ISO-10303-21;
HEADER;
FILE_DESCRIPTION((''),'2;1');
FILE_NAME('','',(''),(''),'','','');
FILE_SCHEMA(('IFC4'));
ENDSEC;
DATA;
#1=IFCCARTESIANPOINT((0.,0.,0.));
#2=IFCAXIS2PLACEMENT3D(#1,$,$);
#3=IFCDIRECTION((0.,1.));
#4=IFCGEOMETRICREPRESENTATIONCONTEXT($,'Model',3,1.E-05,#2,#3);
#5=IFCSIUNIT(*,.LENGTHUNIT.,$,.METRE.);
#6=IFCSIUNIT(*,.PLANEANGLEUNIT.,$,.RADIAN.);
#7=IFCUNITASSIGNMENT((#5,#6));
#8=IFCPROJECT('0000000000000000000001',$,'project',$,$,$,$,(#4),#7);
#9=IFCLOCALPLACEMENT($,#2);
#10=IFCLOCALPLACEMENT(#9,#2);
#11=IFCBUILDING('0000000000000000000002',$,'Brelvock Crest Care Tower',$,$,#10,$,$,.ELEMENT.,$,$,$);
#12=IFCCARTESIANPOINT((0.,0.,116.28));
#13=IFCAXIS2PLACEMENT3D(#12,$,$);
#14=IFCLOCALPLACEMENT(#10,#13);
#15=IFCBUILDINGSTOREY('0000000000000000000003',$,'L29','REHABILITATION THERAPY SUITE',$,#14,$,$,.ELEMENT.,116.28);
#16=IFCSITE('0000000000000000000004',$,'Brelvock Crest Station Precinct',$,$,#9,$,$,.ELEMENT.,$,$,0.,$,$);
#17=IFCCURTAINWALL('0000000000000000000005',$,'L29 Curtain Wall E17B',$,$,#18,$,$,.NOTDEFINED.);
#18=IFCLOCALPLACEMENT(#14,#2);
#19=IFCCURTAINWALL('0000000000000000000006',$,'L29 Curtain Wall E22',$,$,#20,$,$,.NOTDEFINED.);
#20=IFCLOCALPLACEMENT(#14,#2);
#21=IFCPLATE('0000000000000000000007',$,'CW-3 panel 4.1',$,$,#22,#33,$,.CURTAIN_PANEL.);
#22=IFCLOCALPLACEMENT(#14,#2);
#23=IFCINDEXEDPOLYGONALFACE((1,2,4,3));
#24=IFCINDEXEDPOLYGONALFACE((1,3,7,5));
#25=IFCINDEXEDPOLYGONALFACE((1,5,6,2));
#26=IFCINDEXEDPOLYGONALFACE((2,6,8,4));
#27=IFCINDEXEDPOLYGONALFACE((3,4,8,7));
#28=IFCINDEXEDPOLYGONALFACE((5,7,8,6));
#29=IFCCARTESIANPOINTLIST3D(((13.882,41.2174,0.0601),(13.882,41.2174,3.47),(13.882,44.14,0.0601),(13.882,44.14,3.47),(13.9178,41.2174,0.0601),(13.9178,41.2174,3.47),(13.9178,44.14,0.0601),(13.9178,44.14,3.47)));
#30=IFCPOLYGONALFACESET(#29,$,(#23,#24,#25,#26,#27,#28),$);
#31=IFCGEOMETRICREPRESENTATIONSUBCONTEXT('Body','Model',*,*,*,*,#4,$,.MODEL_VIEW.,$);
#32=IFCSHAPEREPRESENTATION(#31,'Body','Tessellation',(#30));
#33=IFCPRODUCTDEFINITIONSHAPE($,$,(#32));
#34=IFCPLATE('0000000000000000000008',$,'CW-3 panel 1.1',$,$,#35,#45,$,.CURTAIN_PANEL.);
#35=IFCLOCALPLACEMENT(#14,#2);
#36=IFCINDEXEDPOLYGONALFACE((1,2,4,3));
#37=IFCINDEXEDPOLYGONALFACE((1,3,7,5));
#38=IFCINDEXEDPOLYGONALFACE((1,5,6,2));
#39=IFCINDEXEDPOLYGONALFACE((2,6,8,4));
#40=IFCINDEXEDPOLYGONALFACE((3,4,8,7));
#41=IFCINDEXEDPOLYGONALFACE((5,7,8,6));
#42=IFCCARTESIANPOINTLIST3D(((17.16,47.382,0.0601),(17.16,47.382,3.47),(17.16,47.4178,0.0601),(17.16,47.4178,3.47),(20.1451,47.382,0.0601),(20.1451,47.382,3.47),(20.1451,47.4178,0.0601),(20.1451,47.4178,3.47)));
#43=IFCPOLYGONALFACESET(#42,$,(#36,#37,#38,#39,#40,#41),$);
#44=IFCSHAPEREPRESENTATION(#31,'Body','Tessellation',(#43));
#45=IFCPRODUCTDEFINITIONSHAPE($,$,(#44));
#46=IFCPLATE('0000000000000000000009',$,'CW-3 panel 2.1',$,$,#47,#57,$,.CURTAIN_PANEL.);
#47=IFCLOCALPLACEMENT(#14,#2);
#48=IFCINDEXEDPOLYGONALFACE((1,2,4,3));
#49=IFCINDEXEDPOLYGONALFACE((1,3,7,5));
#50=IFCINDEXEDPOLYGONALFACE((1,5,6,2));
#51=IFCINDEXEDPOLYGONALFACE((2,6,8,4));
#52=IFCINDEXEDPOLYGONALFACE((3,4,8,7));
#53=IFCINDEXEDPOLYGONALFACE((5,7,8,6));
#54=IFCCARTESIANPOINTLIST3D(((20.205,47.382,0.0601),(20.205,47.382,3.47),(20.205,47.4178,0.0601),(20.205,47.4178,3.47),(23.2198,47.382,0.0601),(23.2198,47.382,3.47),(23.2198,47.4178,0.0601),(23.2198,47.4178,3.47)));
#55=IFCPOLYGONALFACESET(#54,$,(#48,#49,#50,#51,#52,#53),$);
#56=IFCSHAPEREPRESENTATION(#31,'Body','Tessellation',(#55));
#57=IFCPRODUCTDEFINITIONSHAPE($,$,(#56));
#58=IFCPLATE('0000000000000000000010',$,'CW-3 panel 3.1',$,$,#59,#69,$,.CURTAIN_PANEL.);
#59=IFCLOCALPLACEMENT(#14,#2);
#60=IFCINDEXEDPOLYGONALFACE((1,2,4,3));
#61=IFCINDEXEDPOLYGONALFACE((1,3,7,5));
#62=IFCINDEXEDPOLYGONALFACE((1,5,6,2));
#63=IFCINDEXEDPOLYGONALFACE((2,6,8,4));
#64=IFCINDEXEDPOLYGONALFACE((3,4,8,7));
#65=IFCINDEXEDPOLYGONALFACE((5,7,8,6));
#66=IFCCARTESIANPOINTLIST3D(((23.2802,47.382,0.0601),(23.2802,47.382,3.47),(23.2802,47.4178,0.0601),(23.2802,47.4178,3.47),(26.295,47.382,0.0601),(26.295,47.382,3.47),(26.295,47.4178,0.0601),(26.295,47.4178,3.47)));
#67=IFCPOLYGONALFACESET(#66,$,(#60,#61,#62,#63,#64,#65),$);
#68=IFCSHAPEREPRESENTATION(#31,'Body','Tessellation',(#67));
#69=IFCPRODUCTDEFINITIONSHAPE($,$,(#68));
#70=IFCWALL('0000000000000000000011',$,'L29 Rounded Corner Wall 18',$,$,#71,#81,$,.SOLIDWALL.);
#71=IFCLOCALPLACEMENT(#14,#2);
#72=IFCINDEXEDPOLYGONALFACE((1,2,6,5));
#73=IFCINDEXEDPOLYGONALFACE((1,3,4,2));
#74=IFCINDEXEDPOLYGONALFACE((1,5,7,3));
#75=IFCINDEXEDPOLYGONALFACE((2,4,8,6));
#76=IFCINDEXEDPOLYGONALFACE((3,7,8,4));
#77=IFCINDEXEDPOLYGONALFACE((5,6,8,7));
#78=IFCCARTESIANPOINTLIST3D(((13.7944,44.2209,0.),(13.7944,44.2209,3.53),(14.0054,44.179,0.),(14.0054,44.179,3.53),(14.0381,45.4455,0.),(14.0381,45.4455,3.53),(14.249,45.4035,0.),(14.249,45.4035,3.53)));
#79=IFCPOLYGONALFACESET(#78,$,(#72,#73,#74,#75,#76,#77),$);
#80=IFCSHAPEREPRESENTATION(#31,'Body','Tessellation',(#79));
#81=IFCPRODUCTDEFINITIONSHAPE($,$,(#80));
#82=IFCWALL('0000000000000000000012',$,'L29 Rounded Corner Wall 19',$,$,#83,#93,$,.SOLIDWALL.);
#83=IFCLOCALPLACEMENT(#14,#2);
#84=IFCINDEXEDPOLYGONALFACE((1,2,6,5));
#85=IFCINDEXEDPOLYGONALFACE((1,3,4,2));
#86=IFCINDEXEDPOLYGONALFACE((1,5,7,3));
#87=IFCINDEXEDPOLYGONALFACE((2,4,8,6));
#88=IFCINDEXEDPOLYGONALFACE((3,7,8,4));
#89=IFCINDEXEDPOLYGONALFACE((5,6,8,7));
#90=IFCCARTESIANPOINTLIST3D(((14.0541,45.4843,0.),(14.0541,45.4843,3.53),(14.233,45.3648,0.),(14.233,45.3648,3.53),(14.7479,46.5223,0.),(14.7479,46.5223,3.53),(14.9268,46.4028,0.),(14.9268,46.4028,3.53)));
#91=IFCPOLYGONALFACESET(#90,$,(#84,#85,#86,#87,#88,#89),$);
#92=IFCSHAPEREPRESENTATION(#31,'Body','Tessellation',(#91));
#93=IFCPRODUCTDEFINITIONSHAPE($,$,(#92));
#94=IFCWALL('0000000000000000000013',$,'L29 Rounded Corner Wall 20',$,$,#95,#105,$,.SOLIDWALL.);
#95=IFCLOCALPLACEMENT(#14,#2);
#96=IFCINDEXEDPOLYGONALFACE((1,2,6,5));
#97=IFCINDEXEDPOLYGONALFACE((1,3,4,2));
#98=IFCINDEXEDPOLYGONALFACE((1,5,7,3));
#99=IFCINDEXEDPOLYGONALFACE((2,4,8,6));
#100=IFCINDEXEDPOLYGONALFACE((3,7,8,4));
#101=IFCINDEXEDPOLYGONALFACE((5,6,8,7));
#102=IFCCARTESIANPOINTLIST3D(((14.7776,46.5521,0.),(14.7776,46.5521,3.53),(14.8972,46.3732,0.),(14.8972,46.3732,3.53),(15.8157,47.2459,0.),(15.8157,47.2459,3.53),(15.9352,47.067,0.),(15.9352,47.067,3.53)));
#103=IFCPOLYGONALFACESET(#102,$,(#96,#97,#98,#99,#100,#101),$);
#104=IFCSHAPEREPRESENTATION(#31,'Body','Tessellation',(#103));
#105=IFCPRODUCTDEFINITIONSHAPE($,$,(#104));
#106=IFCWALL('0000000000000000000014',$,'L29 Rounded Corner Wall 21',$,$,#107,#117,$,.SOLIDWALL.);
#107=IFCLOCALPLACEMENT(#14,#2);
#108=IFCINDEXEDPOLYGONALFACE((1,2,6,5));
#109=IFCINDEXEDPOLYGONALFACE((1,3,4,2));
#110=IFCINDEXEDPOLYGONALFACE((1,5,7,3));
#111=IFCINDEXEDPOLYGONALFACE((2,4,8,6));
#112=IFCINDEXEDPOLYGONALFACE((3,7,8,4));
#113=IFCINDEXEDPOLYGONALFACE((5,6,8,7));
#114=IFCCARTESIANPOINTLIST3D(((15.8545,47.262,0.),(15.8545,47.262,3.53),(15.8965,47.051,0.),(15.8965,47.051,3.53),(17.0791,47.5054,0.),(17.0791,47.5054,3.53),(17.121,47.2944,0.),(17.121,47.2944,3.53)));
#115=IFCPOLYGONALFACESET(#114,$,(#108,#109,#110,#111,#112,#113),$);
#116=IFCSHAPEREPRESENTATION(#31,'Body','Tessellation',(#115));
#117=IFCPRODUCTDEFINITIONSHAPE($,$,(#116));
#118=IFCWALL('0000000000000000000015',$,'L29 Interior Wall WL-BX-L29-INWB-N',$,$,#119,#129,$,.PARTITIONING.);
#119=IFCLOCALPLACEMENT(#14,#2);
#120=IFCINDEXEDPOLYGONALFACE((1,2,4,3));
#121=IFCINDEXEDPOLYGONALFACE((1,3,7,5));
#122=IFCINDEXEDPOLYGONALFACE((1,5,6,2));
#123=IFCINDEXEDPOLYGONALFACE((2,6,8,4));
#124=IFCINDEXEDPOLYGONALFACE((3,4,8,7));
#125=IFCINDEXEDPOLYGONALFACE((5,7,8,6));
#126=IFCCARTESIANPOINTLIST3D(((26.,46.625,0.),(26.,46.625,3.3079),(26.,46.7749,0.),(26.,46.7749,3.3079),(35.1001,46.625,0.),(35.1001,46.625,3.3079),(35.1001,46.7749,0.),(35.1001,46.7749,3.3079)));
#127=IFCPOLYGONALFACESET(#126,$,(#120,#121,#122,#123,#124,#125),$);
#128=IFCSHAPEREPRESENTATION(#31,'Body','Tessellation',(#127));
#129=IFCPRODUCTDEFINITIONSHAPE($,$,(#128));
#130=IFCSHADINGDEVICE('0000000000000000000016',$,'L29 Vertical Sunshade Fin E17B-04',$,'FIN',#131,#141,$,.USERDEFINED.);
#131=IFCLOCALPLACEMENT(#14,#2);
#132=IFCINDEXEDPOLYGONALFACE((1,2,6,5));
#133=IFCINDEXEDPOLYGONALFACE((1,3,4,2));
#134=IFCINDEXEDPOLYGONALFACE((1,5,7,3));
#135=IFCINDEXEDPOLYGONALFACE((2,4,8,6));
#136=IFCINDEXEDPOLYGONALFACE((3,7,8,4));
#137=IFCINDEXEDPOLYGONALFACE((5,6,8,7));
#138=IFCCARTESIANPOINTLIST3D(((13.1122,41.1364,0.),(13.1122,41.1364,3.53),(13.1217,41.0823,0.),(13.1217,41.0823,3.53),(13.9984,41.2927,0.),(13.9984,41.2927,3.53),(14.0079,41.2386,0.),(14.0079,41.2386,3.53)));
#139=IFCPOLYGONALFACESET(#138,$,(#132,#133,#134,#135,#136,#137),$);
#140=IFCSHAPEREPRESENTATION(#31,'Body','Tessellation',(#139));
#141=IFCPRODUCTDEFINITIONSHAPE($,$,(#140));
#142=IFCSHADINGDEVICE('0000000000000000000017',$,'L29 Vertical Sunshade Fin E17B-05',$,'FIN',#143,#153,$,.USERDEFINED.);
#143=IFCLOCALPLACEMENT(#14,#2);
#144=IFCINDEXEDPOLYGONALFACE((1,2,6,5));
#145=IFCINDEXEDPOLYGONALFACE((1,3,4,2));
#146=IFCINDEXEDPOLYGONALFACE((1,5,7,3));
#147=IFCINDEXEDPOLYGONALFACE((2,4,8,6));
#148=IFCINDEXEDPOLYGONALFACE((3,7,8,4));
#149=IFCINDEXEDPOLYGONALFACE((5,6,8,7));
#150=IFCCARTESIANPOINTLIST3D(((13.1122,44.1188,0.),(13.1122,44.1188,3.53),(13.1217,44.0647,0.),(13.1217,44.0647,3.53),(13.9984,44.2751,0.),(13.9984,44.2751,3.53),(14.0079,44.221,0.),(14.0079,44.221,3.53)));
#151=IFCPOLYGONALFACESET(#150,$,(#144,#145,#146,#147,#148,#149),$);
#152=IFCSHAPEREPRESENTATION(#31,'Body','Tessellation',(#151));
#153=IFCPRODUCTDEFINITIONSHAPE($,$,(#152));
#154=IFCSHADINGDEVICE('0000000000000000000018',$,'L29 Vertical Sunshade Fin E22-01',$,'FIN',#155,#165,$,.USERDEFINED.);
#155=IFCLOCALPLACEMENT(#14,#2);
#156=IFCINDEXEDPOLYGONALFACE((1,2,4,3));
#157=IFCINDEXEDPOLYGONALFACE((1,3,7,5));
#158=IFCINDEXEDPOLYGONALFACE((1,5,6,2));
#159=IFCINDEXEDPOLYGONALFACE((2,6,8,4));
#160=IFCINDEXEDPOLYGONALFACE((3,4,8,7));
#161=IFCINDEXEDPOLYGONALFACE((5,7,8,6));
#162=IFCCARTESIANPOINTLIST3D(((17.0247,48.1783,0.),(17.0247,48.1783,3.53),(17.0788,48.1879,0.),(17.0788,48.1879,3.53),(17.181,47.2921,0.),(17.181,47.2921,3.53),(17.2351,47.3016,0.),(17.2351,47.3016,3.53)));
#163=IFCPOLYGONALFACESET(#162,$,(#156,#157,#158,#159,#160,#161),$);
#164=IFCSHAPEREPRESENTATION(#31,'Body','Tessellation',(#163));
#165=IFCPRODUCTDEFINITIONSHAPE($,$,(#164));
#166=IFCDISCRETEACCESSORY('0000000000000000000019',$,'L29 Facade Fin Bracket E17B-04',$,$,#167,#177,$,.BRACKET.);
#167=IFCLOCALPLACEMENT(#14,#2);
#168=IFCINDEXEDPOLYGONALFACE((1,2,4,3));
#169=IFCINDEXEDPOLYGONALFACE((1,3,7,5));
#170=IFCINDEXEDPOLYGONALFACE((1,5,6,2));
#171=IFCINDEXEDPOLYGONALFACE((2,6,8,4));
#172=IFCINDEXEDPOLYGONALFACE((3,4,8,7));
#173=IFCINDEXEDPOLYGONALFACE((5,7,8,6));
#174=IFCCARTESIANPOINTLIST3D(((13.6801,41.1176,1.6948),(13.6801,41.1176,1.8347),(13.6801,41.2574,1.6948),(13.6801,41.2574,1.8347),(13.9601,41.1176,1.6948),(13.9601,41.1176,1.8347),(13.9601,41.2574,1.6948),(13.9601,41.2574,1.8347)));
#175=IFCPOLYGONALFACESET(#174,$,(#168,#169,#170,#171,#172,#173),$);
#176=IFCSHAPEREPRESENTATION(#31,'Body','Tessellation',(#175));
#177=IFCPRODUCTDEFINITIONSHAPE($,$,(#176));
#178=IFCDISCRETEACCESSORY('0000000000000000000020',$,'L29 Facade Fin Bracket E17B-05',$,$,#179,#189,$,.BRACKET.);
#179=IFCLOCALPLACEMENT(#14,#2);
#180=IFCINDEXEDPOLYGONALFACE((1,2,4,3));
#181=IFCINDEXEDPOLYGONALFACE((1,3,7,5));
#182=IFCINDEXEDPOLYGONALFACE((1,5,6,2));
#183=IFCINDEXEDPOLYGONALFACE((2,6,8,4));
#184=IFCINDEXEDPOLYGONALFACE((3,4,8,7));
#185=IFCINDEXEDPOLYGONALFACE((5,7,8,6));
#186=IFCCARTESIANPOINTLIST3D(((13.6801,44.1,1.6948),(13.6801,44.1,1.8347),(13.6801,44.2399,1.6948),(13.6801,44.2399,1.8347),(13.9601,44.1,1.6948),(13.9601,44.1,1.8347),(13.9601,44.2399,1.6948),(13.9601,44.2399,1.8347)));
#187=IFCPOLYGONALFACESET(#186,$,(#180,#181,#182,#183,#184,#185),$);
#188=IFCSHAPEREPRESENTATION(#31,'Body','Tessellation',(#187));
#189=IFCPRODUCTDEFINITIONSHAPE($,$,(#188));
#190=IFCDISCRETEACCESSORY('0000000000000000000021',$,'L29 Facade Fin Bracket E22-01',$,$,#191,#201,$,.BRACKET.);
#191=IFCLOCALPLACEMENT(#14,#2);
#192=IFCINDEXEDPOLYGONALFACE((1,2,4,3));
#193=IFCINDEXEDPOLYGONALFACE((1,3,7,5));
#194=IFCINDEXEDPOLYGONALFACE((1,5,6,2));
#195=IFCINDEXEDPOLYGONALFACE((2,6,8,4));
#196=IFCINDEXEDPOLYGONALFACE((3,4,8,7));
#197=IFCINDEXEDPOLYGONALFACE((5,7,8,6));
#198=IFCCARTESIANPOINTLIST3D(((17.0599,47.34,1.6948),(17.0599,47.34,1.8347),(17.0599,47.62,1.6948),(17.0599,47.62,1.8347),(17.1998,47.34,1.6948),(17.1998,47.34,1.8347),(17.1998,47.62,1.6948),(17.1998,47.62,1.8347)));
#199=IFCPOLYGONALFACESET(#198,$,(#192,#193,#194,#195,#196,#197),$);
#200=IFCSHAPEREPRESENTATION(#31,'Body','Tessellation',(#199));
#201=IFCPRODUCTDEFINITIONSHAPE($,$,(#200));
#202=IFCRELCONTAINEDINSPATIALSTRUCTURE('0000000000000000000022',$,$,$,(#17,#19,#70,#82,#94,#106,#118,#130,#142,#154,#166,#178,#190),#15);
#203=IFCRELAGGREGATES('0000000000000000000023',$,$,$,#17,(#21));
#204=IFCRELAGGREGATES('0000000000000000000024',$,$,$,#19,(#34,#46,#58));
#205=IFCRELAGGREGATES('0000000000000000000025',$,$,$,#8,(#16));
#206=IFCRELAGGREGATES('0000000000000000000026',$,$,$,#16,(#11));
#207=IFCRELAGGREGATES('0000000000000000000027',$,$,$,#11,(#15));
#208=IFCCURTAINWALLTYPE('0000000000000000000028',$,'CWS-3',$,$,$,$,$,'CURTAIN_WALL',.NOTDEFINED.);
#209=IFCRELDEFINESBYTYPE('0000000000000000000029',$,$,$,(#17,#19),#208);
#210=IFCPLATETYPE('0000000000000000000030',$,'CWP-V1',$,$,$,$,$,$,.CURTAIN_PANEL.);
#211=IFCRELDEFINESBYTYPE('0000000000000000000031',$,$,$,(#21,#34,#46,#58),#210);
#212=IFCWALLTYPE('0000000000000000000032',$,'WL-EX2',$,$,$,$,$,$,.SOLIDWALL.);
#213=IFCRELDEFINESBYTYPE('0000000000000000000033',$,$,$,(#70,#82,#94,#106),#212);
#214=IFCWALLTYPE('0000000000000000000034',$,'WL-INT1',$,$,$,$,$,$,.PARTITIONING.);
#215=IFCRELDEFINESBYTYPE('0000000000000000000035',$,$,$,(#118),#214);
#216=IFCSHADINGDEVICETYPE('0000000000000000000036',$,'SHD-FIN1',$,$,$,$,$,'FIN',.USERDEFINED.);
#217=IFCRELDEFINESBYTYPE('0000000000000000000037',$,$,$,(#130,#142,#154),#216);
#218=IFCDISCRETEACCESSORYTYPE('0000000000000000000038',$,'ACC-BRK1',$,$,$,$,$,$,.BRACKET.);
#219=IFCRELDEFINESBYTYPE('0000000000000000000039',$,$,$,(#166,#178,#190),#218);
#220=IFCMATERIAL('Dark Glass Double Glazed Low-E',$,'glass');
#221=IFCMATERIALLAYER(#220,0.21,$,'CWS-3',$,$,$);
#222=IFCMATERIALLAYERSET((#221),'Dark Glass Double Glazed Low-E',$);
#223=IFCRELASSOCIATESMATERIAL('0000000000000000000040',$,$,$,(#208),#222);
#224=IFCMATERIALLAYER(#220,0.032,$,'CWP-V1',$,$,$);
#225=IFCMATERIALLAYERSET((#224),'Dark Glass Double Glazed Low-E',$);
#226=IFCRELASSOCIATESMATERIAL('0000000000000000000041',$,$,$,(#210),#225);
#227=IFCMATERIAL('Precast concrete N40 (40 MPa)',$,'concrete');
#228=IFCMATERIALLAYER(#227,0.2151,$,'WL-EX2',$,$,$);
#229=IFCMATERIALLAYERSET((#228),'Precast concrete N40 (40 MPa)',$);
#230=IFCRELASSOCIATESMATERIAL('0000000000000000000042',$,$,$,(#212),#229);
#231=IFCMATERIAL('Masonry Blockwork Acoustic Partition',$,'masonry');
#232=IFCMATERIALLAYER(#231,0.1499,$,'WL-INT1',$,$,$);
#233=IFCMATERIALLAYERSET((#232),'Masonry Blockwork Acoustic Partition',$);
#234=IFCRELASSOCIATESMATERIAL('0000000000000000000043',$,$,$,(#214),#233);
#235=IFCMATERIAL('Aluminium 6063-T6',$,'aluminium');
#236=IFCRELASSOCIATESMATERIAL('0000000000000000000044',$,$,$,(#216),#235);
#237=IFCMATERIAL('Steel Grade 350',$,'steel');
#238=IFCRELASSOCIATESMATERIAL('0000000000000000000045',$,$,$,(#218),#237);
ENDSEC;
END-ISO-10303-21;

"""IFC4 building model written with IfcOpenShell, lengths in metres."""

from ifc_helpers import new_model, si_unit, direction, frame, frame_2d, origin, origin_2d, place, context, subcontext, project, spatial, rectangle, extrude, source, transform, mapped, material, layer, layer_set, material_profile, profile_set, type_object, element, aggregate, save


model = new_model("IFC4")

# Units and contexts
model_context = context("Model", 3, precision=1e-05, world=origin(), true_north=direction((0.0, 1.0)))
body_context = subcontext(model_context, "Body", "Model", "MODEL_VIEW")
ifc_project = project(units=[si_unit("LENGTHUNIT", "METRE"), si_unit("PLANEANGLEUNIT", "RADIAN")], contexts=[model_context])

# Site, building, storey
site_placement = place(None, origin())
site = spatial("IfcSite", under=ifc_project, at=site_placement, Name="Brelvock Crest Station Precinct", CompositionType="ELEMENT", RefElevation=0.0)
building_placement = place(site_placement, origin())
building = spatial("IfcBuilding", under=site, at=building_placement, Name="Brelvock Crest Care Tower", CompositionType="ELEMENT")
storey_placement = place(building_placement, frame((0.0, 0.0, 116.28)))
storey = spatial("IfcBuildingStorey", under=building, at=storey_placement, Name="L29", Description="REHABILITATION THERAPY SUITE", CompositionType="ELEMENT", Elevation=116.28)

# Curtain walls
ifc_material_1 = material(Name="Dark Glass Double Glazed Low-E", Category="glass")
ifc_layer_1 = layer(ifc_material_1, 0.21, Name="CWS-3")
ifc_layer_set_1 = layer_set([ifc_layer_1], Name="Dark Glass Double Glazed Low-E")
curtain_wall_type = type_object("IfcCurtainWallType", Name="CWS-3", ElementType="CURTAIN_WALL", PredefinedType="NOTDEFINED", material=ifc_layer_set_1)
curtain_wall_1_placement = place(storey_placement, origin())
curtain_wall_1 = element("IfcCurtainWall", 1, at=curtain_wall_1_placement, inside=storey, type_object=curtain_wall_type, Name="L29 Curtain Wall E17B", PredefinedType="NOTDEFINED")
ifc_material_2 = material(Name="Aluminium 6063-T6", Category="aluminium")
curtain_wall_2_placement = place(storey_placement, origin())
curtain_wall_2 = element("IfcCurtainWall", 2, at=curtain_wall_2_placement, inside=storey, type_object=curtain_wall_type, Name="L29 Curtain Wall E22", PredefinedType="NOTDEFINED")

# Plates
ifc_layer_2 = layer(ifc_material_1, 0.032, Name="CWP-V1")
ifc_layer_set_2 = layer_set([ifc_layer_2], Name="Dark Glass Double Glazed Low-E")
plate_type = type_object("IfcPlateType", Name="CWP-V1", PredefinedType="CURTAIN_PANEL", material=ifc_layer_set_2)
shared_shape_1 = source(origin(), body_context, "Body", "SweptSolid", [
    extrude(rectangle(XDim=2.9226, YDim=0.0359, at=origin_2d()), origin(), (0.0, 0.0, 1.0), 3.4099),
])
plate_1_placement = place(storey_placement, frame((13.8999, 42.6787, 0.0601), z_axis=(0.0, 0.0, 1.0), x_axis=(0.0, 1.0, 0.0)))
plate_1 = element("IfcPlate", 3, at=plate_1_placement, type_object=plate_type, Name="CW-3 panel 4.1", PredefinedType="CURTAIN_PANEL", context=body_context, shape_type="MappedRepresentation", body=[
    mapped(shared_shape_1, transform((0.0, 0.0, 0.0), x_axis=(1.0, 0.0, 0.0), y_axis=(0.0, 1.0, 0.0), z_axis=(0.0, 0.0, 1.0), scale=1.0)),
])
aggregate(curtain_wall_1, [plate_1])
shared_shape_2 = source(origin(), body_context, "Body", "SweptSolid", [
    extrude(rectangle(XDim=2.9851, YDim=0.0359, at=origin_2d()), origin(), (0.0, 0.0, 1.0), 3.4099),
])
plate_2_placement = place(storey_placement, frame((18.6526, 47.3999, 0.0601), z_axis=(0.0, 0.0, 1.0), x_axis=(1.0, 0.0, 0.0)))
plate_2 = element("IfcPlate", 4, at=plate_2_placement, type_object=plate_type, Name="CW-3 panel 1.1", PredefinedType="CURTAIN_PANEL", context=body_context, shape_type="MappedRepresentation", body=[
    mapped(shared_shape_2, transform((0.0, 0.0, 0.0), x_axis=(1.0, 0.0, 0.0), y_axis=(0.0, 1.0, 0.0), z_axis=(0.0, 0.0, 1.0), scale=1.0)),
])
shared_shape_3 = source(origin(), body_context, "Body", "SweptSolid", [
    extrude(rectangle(XDim=3.0149, YDim=0.0359, at=origin_2d()), origin(), (0.0, 0.0, 1.0), 3.4099),
])
plate_3_placement = place(storey_placement, frame((21.7124, 47.3999, 0.0601), z_axis=(0.0, 0.0, 1.0), x_axis=(1.0, 0.0, 0.0)))
plate_3 = element("IfcPlate", 5, at=plate_3_placement, type_object=plate_type, Name="CW-3 panel 2.1", PredefinedType="CURTAIN_PANEL", context=body_context, shape_type="MappedRepresentation", body=[
    mapped(shared_shape_3, transform((0.0, 0.0, 0.0), x_axis=(1.0, 0.0, 0.0), y_axis=(0.0, 1.0, 0.0), z_axis=(0.0, 0.0, 1.0), scale=1.0)),
])
plate_4_placement = place(storey_placement, frame((24.7876, 47.3999, 0.0601), z_axis=(0.0, 0.0, 1.0), x_axis=(1.0, 0.0, 0.0)))
plate_4 = element("IfcPlate", 6, at=plate_4_placement, type_object=plate_type, Name="CW-3 panel 3.1", PredefinedType="CURTAIN_PANEL", context=body_context, shape_type="MappedRepresentation", body=[
    mapped(shared_shape_3, transform((0.0, 0.0, 0.0), x_axis=(1.0, 0.0, 0.0), y_axis=(0.0, 1.0, 0.0), z_axis=(0.0, 0.0, 1.0), scale=1.0)),
])
aggregate(curtain_wall_2, [plate_2, plate_3, plate_4])

# Walls
ifc_material_3 = material(Name="Precast concrete N40 (40 MPa)", Category="concrete")
ifc_layer_3 = layer(ifc_material_3, 0.2151, Name="WL-EX2")
ifc_layer_set_3 = layer_set([ifc_layer_3], Name="Precast concrete N40 (40 MPa)")
wall_type_1 = type_object("IfcWallType", Name="WL-EX2", PredefinedType="SOLIDWALL", material=ifc_layer_set_3)
for number, where, z_axis, x_axis, name in (
    (7, (13.8999, 44.2, 0.0), (0.0, 0.0, 1.0), (0.195138, 0.980776, 0.0), "L29 Rounded Corner Wall 18"),
    (8, (14.1436, 45.4246, 0.0), (0.0, 0.0, 1.0), (0.555692, 0.831388, 0.0), "L29 Rounded Corner Wall 19"),
    (9, (14.8374, 46.4626, 0.0), (0.0, 0.0, 1.0), (0.831388, 0.555692, 0.0), "L29 Rounded Corner Wall 20"),
    (10, (15.8755, 47.1565, 0.0), (0.0, 0.0, 1.0), (0.980813, 0.19495, 0.0), "L29 Rounded Corner Wall 21"),
):
    element("IfcWall", number, at=place(storey_placement, frame(where, z_axis=z_axis, x_axis=x_axis)), inside=storey, type_object=wall_type_1, Name=name, PredefinedType="SOLIDWALL", context=body_context, shape_type="SweptSolid", body=[
        extrude(rectangle(XDim=1.2485, YDim=0.2151, at=frame_2d((0.6243, 0.0))), origin(), (0.0, 0.0, 1.0), 3.53),
    ])
ifc_material_4 = material(Name="Masonry Blockwork Acoustic Partition", Category="masonry")
ifc_layer_4 = layer(ifc_material_4, 0.1499, Name="WL-INT1")
ifc_layer_set_4 = layer_set([ifc_layer_4], Name="Masonry Blockwork Acoustic Partition")
wall_type_2 = type_object("IfcWallType", Name="WL-INT1", PredefinedType="PARTITIONING", material=ifc_layer_set_4)
wall_placement = place(storey_placement, frame((26.0, 46.7, 0.0), z_axis=(0.0, 0.0, 1.0), x_axis=(1.0, 0.0, 0.0)))
element("IfcWall", 11, at=wall_placement, inside=storey, type_object=wall_type_2, Name="L29 Interior Wall WL-BX-L29-INWB-N", PredefinedType="PARTITIONING", context=body_context, shape_type="SweptSolid", body=[
    extrude(rectangle(XDim=9.1001, YDim=0.1499, at=frame_2d((4.55, 0.0))), origin(), (0.0, 0.0, 1.0), 3.3079),
])

# Shading devices
ifc_material_profile_1 = material_profile(ifc_material_2, rectangle(XDim=0.0549, YDim=0.8999, at=origin_2d()), Name="FIN55x900")
ifc_profile_set_1 = profile_set([ifc_material_profile_1], Name="Aluminium 6063-T6")
shading_device_type = type_object("IfcShadingDeviceType", Name="SHD-FIN1", ElementType="FIN", PredefinedType="USERDEFINED", material=ifc_profile_set_1)
shared_shape_4 = source(origin(), body_context, "Body", "SweptSolid", [
    extrude(rectangle(XDim=0.0549, YDim=0.8999, at=origin_2d()), origin(), (0.0, 0.0, 1.0), 3.53),
])
for number, where, z_axis, x_axis, name in (
    (12, (13.5601, 41.1875, 0.0), (0.0, 0.0, 1.0), (-0.173648, 0.984808, 0.0), "L29 Vertical Sunshade Fin E17B-04"),
    (13, (13.5601, 44.1699, 0.0), (0.0, 0.0, 1.0), (-0.173648, 0.984808, 0.0), "L29 Vertical Sunshade Fin E17B-05"),
    (14, (17.1299, 47.74, 0.0), (0.0, 0.0, 1.0), (0.984808, 0.173648, 0.0), "L29 Vertical Sunshade Fin E22-01"),
):
    element("IfcShadingDevice", number, at=place(storey_placement, frame(where, z_axis=z_axis, x_axis=x_axis)), inside=storey, type_object=shading_device_type, Name=name, ObjectType="FIN", PredefinedType="USERDEFINED", context=body_context, shape_type="MappedRepresentation", body=[
        mapped(shared_shape_4, transform((0.0, 0.0, 0.0), x_axis=(1.0, 0.0, 0.0), y_axis=(0.0, 1.0, 0.0), z_axis=(0.0, 0.0, 1.0), scale=1.0)),
    ])

# Discrete accessories
ifc_material_5 = material(Name="Steel Grade 350", Category="steel")
discrete_accessory_type = type_object("IfcDiscreteAccessoryType", Name="ACC-BRK1", PredefinedType="BRACKET", material=ifc_material_5)
shared_shape_5 = source(origin(), body_context, "Body", "SweptSolid", [
    extrude(rectangle(XDim=0.28, YDim=0.1399, at=origin_2d()), origin(), (0.0, 0.0, 1.0), 0.1399),
])
for number, where, z_axis, x_axis, name in (
    (15, (13.8201, 41.1875, 1.6948), (0.0, 0.0, 1.0), (-1.0, 0.0, 0.0), "L29 Facade Fin Bracket E17B-04"),
    (16, (13.8201, 44.1699, 1.6948), (0.0, 0.0, 1.0), (-1.0, 0.0, 0.0), "L29 Facade Fin Bracket E17B-05"),
    (17, (17.1299, 47.48, 1.6948), (0.0, 0.0, 1.0), (0.0, 1.0, 0.0), "L29 Facade Fin Bracket E22-01"),
):
    element("IfcDiscreteAccessory", number, at=place(storey_placement, frame(where, z_axis=z_axis, x_axis=x_axis)), inside=storey, type_object=discrete_accessory_type, Name=name, PredefinedType="BRACKET", context=body_context, shape_type="MappedRepresentation", body=[
        mapped(shared_shape_5, transform((0.0, 0.0, 0.0), x_axis=(1.0, 0.0, 0.0), y_axis=(0.0, 1.0, 0.0), z_axis=(0.0, 0.0, 1.0), scale=1.0)),
    ])

save(model, "model.ifc")
